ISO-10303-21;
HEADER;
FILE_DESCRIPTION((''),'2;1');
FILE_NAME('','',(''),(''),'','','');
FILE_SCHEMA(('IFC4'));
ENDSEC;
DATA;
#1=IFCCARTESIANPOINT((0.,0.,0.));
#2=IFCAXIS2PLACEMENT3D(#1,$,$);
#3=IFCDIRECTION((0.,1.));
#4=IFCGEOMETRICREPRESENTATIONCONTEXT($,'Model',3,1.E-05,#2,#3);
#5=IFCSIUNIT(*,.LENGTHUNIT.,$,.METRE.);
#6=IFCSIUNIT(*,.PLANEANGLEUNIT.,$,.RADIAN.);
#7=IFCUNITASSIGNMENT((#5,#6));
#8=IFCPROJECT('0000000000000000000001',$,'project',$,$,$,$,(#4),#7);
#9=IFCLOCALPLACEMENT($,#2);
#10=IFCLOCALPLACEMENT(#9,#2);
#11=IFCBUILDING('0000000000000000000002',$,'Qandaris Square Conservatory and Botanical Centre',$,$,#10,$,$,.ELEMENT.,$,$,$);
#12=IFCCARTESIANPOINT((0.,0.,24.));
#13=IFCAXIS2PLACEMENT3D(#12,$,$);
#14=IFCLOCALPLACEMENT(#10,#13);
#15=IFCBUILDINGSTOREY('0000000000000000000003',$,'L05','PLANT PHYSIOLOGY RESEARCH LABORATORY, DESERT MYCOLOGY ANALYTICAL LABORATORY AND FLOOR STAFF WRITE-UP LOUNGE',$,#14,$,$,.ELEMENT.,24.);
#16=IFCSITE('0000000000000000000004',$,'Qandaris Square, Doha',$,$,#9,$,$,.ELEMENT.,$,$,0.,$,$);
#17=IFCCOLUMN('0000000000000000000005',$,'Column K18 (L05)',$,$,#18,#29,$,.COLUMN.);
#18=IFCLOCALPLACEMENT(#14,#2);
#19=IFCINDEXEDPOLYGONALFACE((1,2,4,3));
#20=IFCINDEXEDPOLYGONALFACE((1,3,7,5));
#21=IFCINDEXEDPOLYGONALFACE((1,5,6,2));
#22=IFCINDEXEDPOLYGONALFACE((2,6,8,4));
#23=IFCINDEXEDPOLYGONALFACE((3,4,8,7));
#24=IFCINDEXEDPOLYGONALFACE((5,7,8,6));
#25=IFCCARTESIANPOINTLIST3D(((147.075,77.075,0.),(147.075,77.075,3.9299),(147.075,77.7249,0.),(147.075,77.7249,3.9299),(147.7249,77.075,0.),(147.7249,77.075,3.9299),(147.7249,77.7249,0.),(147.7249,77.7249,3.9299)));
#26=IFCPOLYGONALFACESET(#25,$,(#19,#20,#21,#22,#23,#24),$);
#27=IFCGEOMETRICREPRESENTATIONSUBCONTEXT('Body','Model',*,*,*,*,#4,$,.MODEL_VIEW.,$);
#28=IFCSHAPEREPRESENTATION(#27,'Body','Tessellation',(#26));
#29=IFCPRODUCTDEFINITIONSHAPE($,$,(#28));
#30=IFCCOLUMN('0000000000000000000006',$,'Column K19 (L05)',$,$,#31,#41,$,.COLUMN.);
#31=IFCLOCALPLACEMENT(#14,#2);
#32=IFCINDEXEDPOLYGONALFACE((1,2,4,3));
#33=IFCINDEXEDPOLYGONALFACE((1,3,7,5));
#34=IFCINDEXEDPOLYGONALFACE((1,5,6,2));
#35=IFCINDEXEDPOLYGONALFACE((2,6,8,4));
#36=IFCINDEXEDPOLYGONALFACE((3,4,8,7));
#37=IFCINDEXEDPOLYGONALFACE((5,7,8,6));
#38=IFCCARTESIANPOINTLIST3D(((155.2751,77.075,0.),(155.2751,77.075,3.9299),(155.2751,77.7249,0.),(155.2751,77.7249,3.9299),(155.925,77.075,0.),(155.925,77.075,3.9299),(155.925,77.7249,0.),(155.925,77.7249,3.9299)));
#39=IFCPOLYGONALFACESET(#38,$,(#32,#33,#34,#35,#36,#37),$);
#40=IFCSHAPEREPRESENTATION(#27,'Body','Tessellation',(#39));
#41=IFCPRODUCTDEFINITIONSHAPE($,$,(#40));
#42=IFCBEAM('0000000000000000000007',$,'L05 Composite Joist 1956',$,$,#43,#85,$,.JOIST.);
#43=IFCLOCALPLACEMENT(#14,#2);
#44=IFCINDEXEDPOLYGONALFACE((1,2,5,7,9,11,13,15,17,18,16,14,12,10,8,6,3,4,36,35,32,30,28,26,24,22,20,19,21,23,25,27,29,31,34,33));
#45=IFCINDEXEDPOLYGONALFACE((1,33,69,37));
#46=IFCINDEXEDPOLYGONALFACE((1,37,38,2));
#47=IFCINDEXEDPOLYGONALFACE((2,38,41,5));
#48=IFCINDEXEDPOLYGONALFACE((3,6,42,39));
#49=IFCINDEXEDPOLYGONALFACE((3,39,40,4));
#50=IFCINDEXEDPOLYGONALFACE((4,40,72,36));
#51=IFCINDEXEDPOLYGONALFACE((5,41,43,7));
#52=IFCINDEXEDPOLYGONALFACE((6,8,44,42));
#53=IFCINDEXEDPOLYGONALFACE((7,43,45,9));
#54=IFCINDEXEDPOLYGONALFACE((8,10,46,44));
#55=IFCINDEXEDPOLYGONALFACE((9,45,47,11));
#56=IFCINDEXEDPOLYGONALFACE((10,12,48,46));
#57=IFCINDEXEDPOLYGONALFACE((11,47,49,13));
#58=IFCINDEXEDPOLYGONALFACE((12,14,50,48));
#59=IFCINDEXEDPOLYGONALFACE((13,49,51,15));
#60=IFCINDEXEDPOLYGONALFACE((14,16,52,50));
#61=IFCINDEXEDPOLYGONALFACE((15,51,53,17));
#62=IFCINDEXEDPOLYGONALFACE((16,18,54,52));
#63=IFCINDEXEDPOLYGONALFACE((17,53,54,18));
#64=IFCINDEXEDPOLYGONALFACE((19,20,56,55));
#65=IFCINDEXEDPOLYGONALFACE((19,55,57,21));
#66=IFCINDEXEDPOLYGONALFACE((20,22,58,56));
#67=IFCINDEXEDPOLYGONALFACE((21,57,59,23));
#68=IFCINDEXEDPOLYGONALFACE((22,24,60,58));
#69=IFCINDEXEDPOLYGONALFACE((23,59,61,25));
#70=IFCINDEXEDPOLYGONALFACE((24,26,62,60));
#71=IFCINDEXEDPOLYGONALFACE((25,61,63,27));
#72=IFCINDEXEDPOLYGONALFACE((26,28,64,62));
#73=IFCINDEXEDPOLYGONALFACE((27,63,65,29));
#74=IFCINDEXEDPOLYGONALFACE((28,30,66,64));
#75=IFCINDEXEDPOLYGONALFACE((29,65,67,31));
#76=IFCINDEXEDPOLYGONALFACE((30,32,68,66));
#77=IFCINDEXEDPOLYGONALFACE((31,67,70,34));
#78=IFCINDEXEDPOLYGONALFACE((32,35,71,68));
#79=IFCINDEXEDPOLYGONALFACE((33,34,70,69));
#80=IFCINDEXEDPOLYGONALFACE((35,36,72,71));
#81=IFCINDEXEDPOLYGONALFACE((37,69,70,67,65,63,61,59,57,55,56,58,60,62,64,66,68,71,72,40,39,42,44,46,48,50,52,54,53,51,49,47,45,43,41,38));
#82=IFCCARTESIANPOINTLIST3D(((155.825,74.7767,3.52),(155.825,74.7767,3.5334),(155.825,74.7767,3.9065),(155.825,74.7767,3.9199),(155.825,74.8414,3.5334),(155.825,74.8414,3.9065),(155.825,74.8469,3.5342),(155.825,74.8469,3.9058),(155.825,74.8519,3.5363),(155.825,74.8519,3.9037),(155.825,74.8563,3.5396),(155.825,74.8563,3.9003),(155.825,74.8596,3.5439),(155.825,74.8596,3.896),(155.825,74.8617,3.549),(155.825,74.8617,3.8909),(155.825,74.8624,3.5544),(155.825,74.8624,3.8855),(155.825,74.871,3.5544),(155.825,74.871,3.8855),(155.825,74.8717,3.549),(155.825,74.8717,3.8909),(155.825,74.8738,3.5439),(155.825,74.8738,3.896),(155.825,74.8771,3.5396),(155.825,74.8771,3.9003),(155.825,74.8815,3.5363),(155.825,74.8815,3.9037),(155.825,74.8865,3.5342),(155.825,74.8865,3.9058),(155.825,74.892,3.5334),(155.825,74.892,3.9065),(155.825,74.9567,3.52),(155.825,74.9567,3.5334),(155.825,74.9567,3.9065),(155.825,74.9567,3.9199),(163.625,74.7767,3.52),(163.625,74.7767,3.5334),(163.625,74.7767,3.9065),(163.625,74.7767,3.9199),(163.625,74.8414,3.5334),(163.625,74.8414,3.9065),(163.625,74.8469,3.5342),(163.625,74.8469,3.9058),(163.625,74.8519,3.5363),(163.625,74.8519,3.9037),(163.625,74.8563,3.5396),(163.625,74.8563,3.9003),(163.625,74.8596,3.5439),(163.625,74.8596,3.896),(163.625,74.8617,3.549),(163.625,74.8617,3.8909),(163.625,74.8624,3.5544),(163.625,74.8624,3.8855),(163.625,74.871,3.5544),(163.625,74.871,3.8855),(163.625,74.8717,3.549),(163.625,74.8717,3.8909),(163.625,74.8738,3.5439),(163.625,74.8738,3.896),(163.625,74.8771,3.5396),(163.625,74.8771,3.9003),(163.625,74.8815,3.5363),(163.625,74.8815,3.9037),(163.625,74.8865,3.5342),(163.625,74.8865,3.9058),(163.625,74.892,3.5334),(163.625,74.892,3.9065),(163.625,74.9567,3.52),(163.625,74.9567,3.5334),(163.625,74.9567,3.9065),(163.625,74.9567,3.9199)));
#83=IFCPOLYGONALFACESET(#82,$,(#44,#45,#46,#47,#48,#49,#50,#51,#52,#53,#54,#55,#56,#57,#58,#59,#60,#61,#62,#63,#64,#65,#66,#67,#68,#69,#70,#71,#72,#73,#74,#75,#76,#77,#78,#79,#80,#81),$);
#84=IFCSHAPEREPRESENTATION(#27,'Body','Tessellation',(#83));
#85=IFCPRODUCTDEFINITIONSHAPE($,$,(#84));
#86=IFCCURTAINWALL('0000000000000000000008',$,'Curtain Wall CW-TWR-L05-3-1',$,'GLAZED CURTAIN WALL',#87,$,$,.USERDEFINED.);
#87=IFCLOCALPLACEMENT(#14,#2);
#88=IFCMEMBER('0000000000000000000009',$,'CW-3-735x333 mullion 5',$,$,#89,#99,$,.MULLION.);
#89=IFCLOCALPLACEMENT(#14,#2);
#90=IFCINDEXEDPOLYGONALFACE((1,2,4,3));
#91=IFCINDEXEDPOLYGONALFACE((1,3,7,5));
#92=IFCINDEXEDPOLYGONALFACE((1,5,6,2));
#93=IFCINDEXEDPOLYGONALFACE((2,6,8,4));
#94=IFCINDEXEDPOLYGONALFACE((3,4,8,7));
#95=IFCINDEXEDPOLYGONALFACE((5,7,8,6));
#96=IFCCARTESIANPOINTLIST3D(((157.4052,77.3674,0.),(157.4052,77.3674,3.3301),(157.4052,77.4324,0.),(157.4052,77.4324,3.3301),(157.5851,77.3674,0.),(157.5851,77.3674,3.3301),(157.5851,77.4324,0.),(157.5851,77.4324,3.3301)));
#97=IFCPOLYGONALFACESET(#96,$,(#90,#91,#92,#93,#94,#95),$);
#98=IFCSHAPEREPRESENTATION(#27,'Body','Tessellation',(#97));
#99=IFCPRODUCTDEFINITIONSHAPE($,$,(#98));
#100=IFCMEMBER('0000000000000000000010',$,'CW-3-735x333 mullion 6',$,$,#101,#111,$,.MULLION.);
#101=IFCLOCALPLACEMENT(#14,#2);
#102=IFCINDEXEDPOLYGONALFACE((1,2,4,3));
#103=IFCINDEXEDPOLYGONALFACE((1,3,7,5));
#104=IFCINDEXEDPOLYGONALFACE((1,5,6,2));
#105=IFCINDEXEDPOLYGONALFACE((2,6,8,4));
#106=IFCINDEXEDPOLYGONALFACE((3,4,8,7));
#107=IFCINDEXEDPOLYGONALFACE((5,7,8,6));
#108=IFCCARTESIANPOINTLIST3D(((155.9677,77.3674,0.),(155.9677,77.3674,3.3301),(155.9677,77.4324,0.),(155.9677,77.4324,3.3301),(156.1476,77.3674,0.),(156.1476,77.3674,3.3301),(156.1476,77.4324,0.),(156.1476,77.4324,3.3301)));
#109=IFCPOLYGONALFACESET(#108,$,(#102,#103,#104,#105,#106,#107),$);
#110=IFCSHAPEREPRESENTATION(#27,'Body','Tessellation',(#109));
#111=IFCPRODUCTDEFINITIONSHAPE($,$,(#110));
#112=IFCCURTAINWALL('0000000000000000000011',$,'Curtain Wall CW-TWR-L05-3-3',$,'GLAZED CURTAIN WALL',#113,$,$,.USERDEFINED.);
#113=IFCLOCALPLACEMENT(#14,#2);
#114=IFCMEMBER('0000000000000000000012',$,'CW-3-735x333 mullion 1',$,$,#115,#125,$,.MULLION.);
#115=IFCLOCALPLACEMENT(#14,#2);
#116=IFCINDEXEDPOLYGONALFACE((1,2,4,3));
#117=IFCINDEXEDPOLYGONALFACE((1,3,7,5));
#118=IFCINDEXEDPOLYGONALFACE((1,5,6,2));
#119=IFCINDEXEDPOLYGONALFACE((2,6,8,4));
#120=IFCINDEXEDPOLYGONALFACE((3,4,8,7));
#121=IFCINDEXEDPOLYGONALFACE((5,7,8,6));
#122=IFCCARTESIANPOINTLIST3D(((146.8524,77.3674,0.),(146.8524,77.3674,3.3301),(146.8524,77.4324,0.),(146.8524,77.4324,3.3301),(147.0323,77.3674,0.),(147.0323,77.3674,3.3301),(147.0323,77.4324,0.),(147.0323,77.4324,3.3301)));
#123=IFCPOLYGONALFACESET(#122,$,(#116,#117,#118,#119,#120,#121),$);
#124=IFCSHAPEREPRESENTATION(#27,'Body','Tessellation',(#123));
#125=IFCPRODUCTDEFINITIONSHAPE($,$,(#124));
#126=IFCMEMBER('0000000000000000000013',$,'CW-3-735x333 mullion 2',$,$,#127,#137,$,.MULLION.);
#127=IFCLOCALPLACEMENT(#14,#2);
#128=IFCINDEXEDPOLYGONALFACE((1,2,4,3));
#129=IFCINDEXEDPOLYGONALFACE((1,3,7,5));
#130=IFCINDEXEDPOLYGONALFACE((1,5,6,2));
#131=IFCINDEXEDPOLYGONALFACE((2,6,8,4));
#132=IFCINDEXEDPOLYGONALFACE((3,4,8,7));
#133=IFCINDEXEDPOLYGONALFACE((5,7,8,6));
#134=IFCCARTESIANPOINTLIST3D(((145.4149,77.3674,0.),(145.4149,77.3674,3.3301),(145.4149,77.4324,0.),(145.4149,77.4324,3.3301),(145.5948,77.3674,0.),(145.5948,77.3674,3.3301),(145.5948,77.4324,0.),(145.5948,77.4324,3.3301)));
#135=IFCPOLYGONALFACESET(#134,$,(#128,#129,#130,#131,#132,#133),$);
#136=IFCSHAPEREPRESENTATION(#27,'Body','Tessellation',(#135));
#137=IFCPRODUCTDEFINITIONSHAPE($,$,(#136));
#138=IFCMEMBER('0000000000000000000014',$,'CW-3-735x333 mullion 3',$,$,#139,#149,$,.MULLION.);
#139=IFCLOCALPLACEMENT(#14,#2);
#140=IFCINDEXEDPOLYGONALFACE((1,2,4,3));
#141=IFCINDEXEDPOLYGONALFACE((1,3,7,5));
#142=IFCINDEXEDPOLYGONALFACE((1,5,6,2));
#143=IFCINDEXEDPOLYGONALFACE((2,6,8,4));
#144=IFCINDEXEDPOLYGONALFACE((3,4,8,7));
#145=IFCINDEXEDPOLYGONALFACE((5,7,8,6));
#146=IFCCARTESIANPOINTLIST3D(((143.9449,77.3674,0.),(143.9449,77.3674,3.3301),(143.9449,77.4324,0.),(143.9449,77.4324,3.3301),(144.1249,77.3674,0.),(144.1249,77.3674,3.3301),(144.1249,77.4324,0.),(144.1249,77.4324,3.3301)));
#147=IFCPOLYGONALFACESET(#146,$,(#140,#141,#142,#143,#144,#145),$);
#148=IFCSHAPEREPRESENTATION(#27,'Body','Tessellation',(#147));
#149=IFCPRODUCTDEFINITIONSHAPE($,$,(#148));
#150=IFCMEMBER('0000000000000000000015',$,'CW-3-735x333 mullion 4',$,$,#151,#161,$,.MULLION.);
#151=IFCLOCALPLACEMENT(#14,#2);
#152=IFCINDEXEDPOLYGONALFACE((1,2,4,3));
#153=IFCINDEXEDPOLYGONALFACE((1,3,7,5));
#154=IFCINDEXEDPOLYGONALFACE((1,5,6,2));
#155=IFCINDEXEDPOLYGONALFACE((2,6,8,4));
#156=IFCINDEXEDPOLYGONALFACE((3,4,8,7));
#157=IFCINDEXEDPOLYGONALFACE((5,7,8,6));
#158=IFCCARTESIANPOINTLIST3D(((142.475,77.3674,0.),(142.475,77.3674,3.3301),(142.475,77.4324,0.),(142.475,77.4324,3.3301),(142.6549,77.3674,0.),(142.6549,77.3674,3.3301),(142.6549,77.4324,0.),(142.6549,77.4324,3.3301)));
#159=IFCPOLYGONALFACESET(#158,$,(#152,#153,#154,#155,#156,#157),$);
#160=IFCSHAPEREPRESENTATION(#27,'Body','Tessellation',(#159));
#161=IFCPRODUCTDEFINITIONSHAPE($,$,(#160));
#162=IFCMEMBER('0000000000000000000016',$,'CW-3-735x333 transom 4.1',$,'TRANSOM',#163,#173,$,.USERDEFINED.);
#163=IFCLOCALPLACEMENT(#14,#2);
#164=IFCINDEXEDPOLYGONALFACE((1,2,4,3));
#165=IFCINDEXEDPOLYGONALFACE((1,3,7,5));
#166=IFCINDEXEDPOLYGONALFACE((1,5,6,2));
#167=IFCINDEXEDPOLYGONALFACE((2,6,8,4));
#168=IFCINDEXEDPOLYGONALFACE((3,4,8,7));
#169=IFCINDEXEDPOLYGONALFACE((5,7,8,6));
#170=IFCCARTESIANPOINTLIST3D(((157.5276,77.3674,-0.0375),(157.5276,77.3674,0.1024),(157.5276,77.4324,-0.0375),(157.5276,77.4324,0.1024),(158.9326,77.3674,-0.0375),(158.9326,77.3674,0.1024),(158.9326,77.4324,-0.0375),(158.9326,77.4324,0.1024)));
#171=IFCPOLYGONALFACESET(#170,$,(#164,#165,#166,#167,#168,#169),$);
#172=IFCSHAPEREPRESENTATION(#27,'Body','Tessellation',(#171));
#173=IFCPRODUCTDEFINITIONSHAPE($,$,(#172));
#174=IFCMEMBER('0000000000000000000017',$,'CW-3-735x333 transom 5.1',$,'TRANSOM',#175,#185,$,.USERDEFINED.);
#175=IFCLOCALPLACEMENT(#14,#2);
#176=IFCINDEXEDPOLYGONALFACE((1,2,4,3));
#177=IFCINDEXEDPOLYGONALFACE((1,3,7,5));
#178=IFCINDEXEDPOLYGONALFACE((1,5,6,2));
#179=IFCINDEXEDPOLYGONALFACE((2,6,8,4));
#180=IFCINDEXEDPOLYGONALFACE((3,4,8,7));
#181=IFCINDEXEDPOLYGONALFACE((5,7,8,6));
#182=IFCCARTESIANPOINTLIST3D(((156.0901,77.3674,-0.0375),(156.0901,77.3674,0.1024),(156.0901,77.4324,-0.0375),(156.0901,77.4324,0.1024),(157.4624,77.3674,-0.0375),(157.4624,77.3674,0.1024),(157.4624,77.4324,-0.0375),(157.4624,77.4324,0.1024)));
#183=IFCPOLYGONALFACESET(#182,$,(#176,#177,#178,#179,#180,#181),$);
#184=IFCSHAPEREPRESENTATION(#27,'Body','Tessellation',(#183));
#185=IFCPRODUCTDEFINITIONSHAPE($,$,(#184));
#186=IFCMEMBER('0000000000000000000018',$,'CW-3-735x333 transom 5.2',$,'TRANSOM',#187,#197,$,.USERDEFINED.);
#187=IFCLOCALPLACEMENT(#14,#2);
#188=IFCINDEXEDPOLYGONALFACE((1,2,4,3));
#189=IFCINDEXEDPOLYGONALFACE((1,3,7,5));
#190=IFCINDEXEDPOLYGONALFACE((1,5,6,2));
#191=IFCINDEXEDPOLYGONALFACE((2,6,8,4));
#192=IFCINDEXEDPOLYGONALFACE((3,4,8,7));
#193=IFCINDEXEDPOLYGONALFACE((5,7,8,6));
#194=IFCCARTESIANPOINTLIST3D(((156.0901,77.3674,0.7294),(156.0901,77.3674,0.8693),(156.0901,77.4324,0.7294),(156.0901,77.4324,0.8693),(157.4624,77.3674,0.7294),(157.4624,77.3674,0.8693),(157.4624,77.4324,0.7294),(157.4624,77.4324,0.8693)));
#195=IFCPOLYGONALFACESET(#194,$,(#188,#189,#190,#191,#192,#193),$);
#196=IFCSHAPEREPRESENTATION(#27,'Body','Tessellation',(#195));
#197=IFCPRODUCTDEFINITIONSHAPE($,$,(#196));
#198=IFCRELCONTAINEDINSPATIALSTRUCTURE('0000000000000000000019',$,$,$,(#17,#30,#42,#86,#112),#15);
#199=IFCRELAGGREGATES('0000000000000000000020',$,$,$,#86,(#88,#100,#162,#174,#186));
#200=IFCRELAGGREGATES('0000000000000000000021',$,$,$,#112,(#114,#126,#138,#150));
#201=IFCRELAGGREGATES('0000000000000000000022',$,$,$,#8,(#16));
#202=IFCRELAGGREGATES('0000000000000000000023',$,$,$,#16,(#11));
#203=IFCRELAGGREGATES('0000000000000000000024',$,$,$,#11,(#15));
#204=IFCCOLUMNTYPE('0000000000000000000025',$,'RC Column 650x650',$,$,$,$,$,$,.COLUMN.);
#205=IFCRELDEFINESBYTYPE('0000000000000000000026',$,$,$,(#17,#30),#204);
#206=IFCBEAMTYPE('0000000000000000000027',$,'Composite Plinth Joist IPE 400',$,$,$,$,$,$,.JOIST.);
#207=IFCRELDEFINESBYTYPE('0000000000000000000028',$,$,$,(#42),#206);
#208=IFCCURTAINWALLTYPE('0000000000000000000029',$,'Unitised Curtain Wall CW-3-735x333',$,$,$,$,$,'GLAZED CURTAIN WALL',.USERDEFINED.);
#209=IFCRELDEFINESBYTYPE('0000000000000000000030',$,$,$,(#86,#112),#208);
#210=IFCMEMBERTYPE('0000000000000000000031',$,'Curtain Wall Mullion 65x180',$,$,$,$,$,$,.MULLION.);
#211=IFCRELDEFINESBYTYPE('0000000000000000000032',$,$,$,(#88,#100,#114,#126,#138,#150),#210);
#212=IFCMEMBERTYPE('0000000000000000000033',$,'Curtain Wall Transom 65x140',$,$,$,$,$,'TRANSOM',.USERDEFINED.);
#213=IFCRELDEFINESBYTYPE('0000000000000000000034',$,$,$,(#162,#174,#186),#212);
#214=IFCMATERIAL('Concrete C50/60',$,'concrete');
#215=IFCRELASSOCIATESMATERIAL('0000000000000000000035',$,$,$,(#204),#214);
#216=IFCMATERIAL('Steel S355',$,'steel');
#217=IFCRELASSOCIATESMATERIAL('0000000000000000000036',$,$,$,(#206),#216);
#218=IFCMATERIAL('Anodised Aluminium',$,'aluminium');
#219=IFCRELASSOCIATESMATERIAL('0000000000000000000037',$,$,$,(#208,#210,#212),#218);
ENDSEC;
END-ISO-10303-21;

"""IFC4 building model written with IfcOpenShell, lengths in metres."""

from ifc_helpers import new_model, si_unit, direction, frame, origin, origin_2d, place, context, subcontext, project, spatial, rectangle, i_section, extrude, material, material_profile, profile_set, type_object, element, aggregate, save


model = new_model("IFC4")

# Units and contexts
model_context = context("Model", 3, precision=1e-05, world=origin(), true_north=direction((0.0, 1.0)))
body_context = subcontext(model_context, "Body", "Model", "MODEL_VIEW")
ifc_project = project(units=[si_unit("LENGTHUNIT", "METRE"), si_unit("PLANEANGLEUNIT", "RADIAN")], contexts=[model_context])

# Site, building, storey
site_placement = place(None, origin())
site = spatial("IfcSite", under=ifc_project, at=site_placement, Name="Qandaris Square, Doha", CompositionType="ELEMENT", RefElevation=0.0)
building_placement = place(site_placement, origin())
building = spatial("IfcBuilding", under=site, at=building_placement, Name="Qandaris Square Conservatory and Botanical Centre", CompositionType="ELEMENT")
storey_placement = place(building_placement, frame((0.0, 0.0, 24.0)))
storey = spatial("IfcBuildingStorey", under=building, at=storey_placement, Name="L05", Description="PLANT PHYSIOLOGY RESEARCH LABORATORY, DESERT MYCOLOGY ANALYTICAL LABORATORY AND FLOOR STAFF WRITE-UP LOUNGE", CompositionType="ELEMENT", Elevation=24.0)

# Columns
ifc_material_1 = material(Name="Concrete C50/60", Category="concrete")
ifc_material_profile_1 = material_profile(ifc_material_1, rectangle(XDim=0.6499, YDim=0.6499, at=origin_2d()), Name="RC-COL 650x650")
ifc_profile_set_1 = profile_set([ifc_material_profile_1], Name="Concrete C50/60")
column_type = type_object("IfcColumnType", Name="RC Column 650x650", PredefinedType="COLUMN", material=ifc_profile_set_1)
for number, where, z_axis, x_axis, name in (
    (1, (147.3999, 77.3999, 0.0), (0.0, 0.0, 1.0), (1.0, 0.0, 0.0), "Column K18 (L05)"),
    (2, (155.6001, 77.3999, 0.0), (0.0, 0.0, 1.0), (1.0, 0.0, 0.0), "Column K19 (L05)"),
):
    element("IfcColumn", number, at=place(storey_placement, frame(where, z_axis=z_axis, x_axis=x_axis)), inside=storey, type_object=column_type, Name=name, PredefinedType="COLUMN", context=body_context, shape_type="SweptSolid", body=[
        extrude(rectangle(XDim=0.6499, YDim=0.6499, at=origin_2d()), origin(), (0.0, 0.0, 1.0), 3.9299),
    ])

# Beam
ifc_material_2 = material(Name="Steel S355", Category="steel")
ifc_material_profile_2 = material_profile(ifc_material_2, i_section(OverallWidth=0.1799, OverallDepth=0.3999, WebThickness=0.0085, FlangeThickness=0.0134, FilletRadius=0.021, at=origin_2d()), Name="IPE 400")
ifc_profile_set_2 = profile_set([ifc_material_profile_2], Name="Steel S355")
beam_type_1 = type_object("IfcBeamType", Name="Composite Plinth Joist IPE 400", PredefinedType="JOIST", material=ifc_profile_set_2)
beam_1_placement = place(storey_placement, frame((155.825, 74.8667, 3.72), z_axis=(1.0, 0.0, 0.0), x_axis=(0.0, 1.0, 0.0)))
element("IfcBeam", 3, at=beam_1_placement, inside=storey, type_object=beam_type_1, Name="L05 Composite Joist 1956", PredefinedType="JOIST", context=body_context, shape_type="SweptSolid", body=[
    extrude(i_section(OverallWidth=0.1799, OverallDepth=0.3999, WebThickness=0.0085, FlangeThickness=0.0134, FilletRadius=0.021, at=origin_2d()), origin(), (0.0, 0.0, 1.0), 7.8),
])

# Curtain walls, members
ifc_material_3 = material(Name="Anodised Aluminium", Category="aluminium")
curtain_wall_type = type_object("IfcCurtainWallType", Name="Unitised Curtain Wall CW-3-735x333", ElementType="GLAZED CURTAIN WALL", PredefinedType="USERDEFINED", material=ifc_material_3)
curtain_wall_1_placement = place(storey_placement, origin())
curtain_wall_1 = element("IfcCurtainWall", 4, at=curtain_wall_1_placement, inside=storey, type_object=curtain_wall_type, Name="Curtain Wall CW-TWR-L05-3-1", ObjectType="GLAZED CURTAIN WALL", PredefinedType="USERDEFINED")
ifc_material_profile_3 = material_profile(ifc_material_3, rectangle(XDim=0.0649, YDim=0.1799, at=origin_2d()), Name="ALU-MUL 65x180")
ifc_profile_set_3 = profile_set([ifc_material_profile_3], Name="Anodised Aluminium")
member_type_1 = type_object("IfcMemberType", Name="Curtain Wall Mullion 65x180", PredefinedType="MULLION", material=ifc_profile_set_3)
member_1_placement = place(storey_placement, frame((157.4951, 77.3999, 0.0), z_axis=(0.0, 0.0, 1.0), x_axis=(0.0, -1.0, 0.0)))
member_1 = element("IfcMember", 5, at=member_1_placement, type_object=member_type_1, Name="CW-3-735x333 mullion 5", PredefinedType="MULLION", context=body_context, shape_type="SweptSolid", body=[
    extrude(rectangle(XDim=0.0649, YDim=0.1799, at=origin_2d()), origin(), (0.0, 0.0, 1.0), 3.3301),
])
member_2_placement = place(storey_placement, frame((156.0576, 77.3999, 0.0), z_axis=(0.0, 0.0, 1.0), x_axis=(0.0, -1.0, 0.0)))
member_2 = element("IfcMember", 6, at=member_2_placement, type_object=member_type_1, Name="CW-3-735x333 mullion 6", PredefinedType="MULLION", context=body_context, shape_type="SweptSolid", body=[
    extrude(rectangle(XDim=0.0649, YDim=0.1799, at=origin_2d()), origin(), (0.0, 0.0, 1.0), 3.3301),
])
curtain_wall_2_placement = place(storey_placement, origin())
curtain_wall_2 = element("IfcCurtainWall", 7, at=curtain_wall_2_placement, inside=storey, type_object=curtain_wall_type, Name="Curtain Wall CW-TWR-L05-3-3", ObjectType="GLAZED CURTAIN WALL", PredefinedType="USERDEFINED")
member_3_placement = place(storey_placement, frame((146.9424, 77.3999, 0.0), z_axis=(0.0, 0.0, 1.0), x_axis=(0.0, -1.0, 0.0)))
member_3 = element("IfcMember", 8, at=member_3_placement, type_object=member_type_1, Name="CW-3-735x333 mullion 1", PredefinedType="MULLION", context=body_context, shape_type="SweptSolid", body=[
    extrude(rectangle(XDim=0.0649, YDim=0.1799, at=origin_2d()), origin(), (0.0, 0.0, 1.0), 3.3301),
])
member_4_placement = place(storey_placement, frame((145.5049, 77.3999, 0.0), z_axis=(0.0, 0.0, 1.0), x_axis=(0.0, -1.0, 0.0)))
member_4 = element("IfcMember", 9, at=member_4_placement, type_object=member_type_1, Name="CW-3-735x333 mullion 2", PredefinedType="MULLION", context=body_context, shape_type="SweptSolid", body=[
    extrude(rectangle(XDim=0.0649, YDim=0.1799, at=origin_2d()), origin(), (0.0, 0.0, 1.0), 3.3301),
])
member_5_placement = place(storey_placement, frame((144.0349, 77.3999, 0.0), z_axis=(0.0, 0.0, 1.0), x_axis=(0.0, -1.0, 0.0)))
member_5 = element("IfcMember", 10, at=member_5_placement, type_object=member_type_1, Name="CW-3-735x333 mullion 3", PredefinedType="MULLION", context=body_context, shape_type="SweptSolid", body=[
    extrude(rectangle(XDim=0.0649, YDim=0.1799, at=origin_2d()), origin(), (0.0, 0.0, 1.0), 3.3301),
])
member_6_placement = place(storey_placement, frame((142.5649, 77.3999, 0.0), z_axis=(0.0, 0.0, 1.0), x_axis=(0.0, -1.0, 0.0)))
member_6 = element("IfcMember", 11, at=member_6_placement, type_object=member_type_1, Name="CW-3-735x333 mullion 4", PredefinedType="MULLION", context=body_context, shape_type="SweptSolid", body=[
    extrude(rectangle(XDim=0.0649, YDim=0.1799, at=origin_2d()), origin(), (0.0, 0.0, 1.0), 3.3301),
])

# Members
ifc_material_profile_4 = material_profile(ifc_material_3, rectangle(XDim=0.0649, YDim=0.1399, at=origin_2d()), Name="ALU-TRN 65x140")
ifc_profile_set_4 = profile_set([ifc_material_profile_4], Name="Anodised Aluminium")
member_type_2 = type_object("IfcMemberType", Name="Curtain Wall Transom 65x140", ElementType="TRANSOM", PredefinedType="USERDEFINED", material=ifc_profile_set_4)
member_7_placement = place(storey_placement, frame((158.9326, 77.3999, 0.0325), z_axis=(-1.0, 0.0, 0.0), x_axis=(0.0, -1.0, 0.0)))
member_7 = element("IfcMember", 12, at=member_7_placement, type_object=member_type_2, Name="CW-3-735x333 transom 4.1", ObjectType="TRANSOM", PredefinedType="USERDEFINED", context=body_context, shape_type="SweptSolid", body=[
    extrude(rectangle(XDim=0.0649, YDim=0.1399, at=origin_2d()), origin(), (0.0, 0.0, 1.0), 1.405),
])
member_8_placement = place(storey_placement, frame((157.4624, 77.3999, 0.0325), z_axis=(-1.0, 0.0, 0.0), x_axis=(0.0, -1.0, 0.0)))
member_8 = element("IfcMember", 13, at=member_8_placement, type_object=member_type_2, Name="CW-3-735x333 transom 5.1", ObjectType="TRANSOM", PredefinedType="USERDEFINED", context=body_context, shape_type="SweptSolid", body=[
    extrude(rectangle(XDim=0.0649, YDim=0.1399, at=origin_2d()), origin(), (0.0, 0.0, 1.0), 1.3723),
])
member_9_placement = place(storey_placement, frame((157.4624, 77.3999, 0.7993), z_axis=(-1.0, 0.0, 0.0), x_axis=(0.0, -1.0, 0.0)))
member_9 = element("IfcMember", 14, at=member_9_placement, type_object=member_type_2, Name="CW-3-735x333 transom 5.2", ObjectType="TRANSOM", PredefinedType="USERDEFINED", context=body_context, shape_type="SweptSolid", body=[
    extrude(rectangle(XDim=0.0649, YDim=0.1399, at=origin_2d()), origin(), (0.0, 0.0, 1.0), 1.3723),
])

aggregate(curtain_wall_1, [member_1, member_2, member_7, member_8, member_9])
aggregate(curtain_wall_2, [member_3, member_4, member_5, member_6])

save(model, "model.ifc")
